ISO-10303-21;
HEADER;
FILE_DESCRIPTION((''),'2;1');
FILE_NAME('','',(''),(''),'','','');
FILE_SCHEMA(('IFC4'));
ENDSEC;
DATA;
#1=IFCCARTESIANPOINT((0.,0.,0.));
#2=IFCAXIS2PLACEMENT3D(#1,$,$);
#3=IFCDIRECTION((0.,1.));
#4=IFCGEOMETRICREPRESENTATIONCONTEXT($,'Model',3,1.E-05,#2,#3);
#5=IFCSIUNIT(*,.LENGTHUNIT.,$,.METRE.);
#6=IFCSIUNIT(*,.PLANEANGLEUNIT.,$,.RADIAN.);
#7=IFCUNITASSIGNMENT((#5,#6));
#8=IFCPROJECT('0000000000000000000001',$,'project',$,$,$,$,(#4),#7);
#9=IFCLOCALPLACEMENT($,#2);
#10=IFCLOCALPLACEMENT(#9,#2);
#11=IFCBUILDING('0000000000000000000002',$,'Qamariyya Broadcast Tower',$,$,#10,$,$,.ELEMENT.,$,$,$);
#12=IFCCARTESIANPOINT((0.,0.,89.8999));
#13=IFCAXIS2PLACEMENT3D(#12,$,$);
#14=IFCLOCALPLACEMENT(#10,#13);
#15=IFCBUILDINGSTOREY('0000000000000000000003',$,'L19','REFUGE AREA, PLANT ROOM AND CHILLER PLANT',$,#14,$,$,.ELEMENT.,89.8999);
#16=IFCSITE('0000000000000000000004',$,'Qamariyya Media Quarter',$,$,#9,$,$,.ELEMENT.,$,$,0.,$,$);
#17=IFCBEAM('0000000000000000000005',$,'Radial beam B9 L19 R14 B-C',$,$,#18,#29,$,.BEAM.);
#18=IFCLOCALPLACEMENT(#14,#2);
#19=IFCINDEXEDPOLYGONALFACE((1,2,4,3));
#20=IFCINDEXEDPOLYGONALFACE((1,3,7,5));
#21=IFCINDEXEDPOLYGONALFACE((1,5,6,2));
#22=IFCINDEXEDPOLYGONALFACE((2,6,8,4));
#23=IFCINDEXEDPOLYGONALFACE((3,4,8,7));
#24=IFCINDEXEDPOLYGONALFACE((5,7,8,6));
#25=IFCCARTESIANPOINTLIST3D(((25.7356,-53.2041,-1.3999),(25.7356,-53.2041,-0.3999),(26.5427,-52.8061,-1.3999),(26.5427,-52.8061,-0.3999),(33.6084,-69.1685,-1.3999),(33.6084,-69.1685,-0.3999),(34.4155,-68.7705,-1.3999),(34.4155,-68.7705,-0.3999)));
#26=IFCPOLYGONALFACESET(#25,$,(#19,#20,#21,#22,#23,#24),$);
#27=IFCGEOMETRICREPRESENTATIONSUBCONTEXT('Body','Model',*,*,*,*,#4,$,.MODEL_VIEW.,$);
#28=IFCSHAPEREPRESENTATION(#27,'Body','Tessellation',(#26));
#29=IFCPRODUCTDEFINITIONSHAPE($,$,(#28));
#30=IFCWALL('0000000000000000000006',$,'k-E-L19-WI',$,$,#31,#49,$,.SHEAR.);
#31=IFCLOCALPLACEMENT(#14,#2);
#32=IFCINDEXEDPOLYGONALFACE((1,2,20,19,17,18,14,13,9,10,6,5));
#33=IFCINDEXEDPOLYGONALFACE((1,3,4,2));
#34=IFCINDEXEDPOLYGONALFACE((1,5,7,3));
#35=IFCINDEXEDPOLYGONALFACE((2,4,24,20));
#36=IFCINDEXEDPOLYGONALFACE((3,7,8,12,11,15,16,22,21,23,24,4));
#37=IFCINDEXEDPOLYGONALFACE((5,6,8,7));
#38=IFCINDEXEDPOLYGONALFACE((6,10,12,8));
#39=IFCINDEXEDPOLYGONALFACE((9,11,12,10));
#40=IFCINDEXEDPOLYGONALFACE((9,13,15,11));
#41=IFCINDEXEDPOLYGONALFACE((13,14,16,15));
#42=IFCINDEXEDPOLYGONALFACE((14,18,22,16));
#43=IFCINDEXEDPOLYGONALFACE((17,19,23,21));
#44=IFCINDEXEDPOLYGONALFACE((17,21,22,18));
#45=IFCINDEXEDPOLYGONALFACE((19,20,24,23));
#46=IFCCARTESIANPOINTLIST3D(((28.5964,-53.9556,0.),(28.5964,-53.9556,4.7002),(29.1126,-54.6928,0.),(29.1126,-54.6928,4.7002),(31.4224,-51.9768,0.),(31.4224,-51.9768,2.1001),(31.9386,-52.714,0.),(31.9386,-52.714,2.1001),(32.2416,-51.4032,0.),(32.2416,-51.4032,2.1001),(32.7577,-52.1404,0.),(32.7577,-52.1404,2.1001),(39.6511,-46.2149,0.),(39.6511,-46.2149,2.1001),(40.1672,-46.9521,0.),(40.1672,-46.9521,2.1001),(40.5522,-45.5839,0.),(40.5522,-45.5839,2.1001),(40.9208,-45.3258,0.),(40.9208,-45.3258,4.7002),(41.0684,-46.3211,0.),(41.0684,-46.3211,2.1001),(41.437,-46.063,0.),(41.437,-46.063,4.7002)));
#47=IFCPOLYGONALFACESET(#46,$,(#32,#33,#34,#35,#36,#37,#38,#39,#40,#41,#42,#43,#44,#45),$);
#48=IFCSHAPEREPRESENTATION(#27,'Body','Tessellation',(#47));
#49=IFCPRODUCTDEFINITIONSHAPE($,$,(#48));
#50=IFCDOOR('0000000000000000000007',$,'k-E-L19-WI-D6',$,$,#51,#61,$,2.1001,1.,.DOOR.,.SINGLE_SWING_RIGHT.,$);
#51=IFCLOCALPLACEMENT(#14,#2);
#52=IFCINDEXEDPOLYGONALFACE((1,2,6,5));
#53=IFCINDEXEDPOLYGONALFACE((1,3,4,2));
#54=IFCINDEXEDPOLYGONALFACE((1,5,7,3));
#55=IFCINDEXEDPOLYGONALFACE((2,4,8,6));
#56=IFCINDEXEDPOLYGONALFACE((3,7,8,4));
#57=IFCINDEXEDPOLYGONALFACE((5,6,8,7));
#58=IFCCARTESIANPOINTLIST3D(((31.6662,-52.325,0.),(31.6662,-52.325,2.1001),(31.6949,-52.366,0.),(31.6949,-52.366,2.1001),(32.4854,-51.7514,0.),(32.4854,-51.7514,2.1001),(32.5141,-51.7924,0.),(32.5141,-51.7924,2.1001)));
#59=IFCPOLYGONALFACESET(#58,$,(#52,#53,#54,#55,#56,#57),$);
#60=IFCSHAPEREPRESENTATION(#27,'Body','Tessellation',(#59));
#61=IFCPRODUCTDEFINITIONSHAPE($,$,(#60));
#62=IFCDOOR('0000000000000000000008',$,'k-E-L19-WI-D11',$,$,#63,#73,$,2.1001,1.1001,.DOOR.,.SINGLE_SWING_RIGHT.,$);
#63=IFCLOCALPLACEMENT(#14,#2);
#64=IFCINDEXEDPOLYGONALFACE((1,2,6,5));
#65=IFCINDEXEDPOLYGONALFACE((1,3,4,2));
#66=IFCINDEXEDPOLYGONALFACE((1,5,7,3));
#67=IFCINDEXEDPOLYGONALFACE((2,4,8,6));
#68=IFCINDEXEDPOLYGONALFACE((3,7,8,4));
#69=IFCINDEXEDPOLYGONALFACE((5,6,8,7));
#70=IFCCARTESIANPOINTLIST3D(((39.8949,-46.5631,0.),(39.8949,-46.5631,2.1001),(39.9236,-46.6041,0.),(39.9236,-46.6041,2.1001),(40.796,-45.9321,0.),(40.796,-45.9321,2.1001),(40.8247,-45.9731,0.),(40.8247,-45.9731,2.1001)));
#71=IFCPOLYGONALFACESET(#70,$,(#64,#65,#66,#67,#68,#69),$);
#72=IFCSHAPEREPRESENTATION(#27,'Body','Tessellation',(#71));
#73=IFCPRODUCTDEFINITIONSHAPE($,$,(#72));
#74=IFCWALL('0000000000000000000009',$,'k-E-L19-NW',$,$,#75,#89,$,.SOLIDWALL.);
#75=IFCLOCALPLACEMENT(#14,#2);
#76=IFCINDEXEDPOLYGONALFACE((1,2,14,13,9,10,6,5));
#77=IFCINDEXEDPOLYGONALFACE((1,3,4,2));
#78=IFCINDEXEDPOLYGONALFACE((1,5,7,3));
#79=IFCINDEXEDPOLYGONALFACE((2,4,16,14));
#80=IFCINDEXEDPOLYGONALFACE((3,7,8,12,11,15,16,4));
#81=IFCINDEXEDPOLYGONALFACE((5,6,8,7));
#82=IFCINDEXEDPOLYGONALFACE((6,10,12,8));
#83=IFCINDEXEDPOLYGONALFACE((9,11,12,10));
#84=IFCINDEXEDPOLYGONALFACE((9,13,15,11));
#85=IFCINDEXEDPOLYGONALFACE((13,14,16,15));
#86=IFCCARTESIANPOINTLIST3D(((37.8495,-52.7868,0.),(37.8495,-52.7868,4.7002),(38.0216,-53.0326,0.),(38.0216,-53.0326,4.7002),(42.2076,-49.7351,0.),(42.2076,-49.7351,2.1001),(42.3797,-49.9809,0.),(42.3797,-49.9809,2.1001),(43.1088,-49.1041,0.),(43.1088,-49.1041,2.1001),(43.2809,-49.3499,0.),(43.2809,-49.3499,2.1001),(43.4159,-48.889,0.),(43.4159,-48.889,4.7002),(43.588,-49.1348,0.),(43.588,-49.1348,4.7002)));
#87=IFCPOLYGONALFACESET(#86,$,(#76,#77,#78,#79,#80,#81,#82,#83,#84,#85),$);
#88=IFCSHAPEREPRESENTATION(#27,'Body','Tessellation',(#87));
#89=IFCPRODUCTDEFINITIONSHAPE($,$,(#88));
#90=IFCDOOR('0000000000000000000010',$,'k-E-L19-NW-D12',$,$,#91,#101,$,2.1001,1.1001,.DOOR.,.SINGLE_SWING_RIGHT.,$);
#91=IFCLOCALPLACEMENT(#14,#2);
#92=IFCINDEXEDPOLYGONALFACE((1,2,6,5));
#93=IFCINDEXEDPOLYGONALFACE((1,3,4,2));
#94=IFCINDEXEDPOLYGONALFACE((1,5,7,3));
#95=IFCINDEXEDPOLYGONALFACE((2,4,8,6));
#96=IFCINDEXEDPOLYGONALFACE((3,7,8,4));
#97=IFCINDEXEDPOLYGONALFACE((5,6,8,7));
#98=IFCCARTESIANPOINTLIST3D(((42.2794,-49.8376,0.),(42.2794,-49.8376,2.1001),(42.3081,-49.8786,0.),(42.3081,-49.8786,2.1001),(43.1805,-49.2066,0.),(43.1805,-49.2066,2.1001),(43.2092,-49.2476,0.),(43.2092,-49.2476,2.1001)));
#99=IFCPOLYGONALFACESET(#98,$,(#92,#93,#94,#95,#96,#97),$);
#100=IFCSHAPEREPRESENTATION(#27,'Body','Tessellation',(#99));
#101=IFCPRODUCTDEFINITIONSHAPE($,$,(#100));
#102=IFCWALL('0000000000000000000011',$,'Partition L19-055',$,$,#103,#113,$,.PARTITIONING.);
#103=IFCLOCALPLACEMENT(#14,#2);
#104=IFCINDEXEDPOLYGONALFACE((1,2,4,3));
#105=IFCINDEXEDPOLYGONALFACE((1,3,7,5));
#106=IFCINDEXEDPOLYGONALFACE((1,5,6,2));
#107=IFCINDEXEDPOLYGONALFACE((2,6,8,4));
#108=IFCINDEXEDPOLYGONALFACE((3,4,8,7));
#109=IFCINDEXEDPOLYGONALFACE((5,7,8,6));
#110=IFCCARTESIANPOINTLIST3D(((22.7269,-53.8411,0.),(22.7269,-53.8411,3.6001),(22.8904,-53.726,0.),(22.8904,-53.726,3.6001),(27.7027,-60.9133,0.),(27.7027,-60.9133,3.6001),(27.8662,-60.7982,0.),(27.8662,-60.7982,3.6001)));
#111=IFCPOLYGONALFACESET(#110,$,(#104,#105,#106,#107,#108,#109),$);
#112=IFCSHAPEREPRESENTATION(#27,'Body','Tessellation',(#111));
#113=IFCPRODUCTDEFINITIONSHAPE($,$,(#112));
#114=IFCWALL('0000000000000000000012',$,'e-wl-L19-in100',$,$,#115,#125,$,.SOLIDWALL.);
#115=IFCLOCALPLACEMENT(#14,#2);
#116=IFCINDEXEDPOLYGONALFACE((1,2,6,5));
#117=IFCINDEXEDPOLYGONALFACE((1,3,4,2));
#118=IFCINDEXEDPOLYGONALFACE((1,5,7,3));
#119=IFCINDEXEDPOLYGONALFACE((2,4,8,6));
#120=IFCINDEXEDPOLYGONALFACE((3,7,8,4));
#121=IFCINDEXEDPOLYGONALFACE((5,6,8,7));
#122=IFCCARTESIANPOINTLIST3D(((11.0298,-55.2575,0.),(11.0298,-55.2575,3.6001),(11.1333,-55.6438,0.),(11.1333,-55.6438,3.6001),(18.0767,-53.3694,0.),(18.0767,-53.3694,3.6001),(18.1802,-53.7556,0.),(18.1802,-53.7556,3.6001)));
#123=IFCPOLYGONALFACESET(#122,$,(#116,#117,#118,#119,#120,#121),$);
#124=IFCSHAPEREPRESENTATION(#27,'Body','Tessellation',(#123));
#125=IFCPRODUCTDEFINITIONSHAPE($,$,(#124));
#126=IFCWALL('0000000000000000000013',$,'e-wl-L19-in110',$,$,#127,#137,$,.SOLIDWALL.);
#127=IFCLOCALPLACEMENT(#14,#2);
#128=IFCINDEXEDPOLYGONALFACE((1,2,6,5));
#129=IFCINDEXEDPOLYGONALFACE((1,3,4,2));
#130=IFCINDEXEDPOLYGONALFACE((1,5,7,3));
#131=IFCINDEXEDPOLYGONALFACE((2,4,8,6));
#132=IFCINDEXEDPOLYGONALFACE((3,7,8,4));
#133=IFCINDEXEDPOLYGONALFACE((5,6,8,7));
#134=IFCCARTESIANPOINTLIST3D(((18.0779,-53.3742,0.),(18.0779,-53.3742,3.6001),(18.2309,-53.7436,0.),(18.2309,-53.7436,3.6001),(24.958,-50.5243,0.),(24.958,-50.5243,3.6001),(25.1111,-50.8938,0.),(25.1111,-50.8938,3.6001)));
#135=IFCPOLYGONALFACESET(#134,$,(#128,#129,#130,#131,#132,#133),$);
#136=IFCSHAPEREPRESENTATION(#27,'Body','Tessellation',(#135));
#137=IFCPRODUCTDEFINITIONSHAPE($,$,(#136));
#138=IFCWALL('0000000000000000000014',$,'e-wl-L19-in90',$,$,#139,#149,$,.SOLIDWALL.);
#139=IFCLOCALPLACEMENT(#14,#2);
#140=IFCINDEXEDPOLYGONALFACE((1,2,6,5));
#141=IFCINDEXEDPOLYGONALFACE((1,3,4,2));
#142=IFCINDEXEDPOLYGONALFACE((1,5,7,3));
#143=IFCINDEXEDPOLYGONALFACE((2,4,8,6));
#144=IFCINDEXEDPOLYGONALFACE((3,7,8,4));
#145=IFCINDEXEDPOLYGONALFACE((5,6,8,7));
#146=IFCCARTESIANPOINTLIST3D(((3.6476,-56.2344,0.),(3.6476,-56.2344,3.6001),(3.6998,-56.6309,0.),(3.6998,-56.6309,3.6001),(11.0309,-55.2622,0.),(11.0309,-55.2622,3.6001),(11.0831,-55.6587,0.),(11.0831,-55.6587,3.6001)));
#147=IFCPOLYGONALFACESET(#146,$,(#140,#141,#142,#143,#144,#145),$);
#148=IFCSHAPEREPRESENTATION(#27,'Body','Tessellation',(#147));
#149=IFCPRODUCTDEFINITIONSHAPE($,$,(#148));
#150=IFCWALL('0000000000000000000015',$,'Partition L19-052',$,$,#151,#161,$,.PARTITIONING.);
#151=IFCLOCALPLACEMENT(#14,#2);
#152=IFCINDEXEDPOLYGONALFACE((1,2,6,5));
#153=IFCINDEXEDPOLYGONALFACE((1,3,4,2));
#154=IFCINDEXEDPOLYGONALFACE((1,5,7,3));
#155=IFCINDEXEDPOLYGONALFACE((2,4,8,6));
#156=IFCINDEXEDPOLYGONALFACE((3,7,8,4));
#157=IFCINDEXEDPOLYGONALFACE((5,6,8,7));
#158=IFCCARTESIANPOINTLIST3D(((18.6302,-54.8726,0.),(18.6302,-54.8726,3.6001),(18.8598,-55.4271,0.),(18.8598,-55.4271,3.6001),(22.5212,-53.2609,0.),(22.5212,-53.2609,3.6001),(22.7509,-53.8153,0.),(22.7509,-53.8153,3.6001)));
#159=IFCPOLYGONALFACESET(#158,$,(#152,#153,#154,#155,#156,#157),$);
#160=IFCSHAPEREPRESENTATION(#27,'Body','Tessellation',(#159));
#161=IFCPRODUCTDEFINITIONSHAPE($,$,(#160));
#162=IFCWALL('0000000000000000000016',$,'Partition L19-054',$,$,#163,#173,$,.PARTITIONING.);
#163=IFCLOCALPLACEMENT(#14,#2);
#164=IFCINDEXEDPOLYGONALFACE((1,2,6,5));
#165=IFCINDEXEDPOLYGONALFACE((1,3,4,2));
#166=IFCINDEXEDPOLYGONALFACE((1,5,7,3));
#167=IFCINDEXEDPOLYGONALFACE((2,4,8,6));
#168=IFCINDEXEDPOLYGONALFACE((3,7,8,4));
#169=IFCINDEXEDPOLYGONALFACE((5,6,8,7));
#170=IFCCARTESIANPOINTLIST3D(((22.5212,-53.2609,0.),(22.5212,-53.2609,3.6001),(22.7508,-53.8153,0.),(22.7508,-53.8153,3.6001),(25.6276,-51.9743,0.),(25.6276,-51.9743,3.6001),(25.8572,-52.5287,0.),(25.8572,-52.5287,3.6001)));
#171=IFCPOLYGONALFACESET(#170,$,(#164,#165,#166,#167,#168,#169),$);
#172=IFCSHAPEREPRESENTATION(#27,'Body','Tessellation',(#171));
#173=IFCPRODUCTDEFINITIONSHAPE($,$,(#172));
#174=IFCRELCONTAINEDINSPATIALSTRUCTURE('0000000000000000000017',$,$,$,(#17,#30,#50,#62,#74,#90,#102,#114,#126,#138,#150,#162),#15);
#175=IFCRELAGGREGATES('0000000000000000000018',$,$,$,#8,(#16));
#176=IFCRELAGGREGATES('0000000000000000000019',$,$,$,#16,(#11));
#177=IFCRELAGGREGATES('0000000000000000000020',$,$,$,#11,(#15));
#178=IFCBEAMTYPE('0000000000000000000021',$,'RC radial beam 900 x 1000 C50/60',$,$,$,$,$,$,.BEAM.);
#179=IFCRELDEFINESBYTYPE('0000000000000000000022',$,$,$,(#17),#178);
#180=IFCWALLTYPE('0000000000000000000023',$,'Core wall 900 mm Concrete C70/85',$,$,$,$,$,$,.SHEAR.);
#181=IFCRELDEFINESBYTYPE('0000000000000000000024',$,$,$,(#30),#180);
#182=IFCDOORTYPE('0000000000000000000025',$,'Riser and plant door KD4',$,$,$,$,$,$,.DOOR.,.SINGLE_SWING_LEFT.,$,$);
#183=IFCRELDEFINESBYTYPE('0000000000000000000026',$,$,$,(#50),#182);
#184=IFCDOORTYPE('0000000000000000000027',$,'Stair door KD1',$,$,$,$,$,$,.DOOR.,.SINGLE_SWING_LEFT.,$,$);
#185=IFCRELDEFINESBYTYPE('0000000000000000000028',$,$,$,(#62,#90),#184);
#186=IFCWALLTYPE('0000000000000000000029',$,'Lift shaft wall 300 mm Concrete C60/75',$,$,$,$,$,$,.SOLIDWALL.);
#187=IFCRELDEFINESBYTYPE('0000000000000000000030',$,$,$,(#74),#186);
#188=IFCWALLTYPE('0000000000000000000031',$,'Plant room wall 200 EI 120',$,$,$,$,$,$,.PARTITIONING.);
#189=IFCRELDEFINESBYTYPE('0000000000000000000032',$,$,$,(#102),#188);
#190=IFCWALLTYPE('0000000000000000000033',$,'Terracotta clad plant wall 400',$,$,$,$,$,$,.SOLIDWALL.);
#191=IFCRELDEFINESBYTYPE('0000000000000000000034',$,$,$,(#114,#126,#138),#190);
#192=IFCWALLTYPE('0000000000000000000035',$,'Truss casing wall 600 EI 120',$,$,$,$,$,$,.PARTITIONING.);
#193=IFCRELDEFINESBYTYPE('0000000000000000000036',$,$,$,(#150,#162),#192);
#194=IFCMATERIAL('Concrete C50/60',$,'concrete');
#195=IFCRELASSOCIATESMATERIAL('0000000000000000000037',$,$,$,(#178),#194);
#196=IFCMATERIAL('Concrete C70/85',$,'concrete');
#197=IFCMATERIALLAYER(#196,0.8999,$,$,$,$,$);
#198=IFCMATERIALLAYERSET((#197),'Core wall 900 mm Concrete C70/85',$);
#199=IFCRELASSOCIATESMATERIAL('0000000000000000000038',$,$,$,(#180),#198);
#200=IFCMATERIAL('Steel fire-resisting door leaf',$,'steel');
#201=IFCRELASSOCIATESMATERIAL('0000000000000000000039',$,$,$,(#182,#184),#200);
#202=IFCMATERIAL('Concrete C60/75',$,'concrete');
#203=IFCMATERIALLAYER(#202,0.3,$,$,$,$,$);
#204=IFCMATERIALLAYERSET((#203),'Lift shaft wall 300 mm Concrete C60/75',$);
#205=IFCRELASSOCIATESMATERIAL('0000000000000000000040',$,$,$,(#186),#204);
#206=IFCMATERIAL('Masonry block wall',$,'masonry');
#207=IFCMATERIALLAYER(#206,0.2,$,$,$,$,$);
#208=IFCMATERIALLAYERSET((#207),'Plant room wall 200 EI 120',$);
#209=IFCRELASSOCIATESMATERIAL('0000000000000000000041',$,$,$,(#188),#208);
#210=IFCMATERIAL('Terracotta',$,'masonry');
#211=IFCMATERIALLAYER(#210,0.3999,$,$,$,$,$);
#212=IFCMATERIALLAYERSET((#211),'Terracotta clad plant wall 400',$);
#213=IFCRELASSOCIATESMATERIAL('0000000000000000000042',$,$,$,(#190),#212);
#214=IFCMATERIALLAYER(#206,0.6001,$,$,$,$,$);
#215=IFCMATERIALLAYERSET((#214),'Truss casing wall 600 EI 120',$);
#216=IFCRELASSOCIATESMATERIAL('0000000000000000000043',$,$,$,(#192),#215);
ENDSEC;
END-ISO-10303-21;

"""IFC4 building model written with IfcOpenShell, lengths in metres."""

from ifc_helpers import new_model, si_unit, direction, frame, frame_2d, origin, origin_2d, place, context, subcontext, project, spatial, rectangle, extrude, material, layer, layer_set, material_profile, profile_set, type_object, element, fill, save


model = new_model("IFC4")

# Units and contexts
model_context = context("Model", 3, precision=1e-05, world=origin(), true_north=direction((0.0, 1.0)))
body_context = subcontext(model_context, "Body", "Model", "MODEL_VIEW")
ifc_project = project(units=[si_unit("LENGTHUNIT", "METRE"), si_unit("PLANEANGLEUNIT", "RADIAN")], contexts=[model_context])

# Site, building, storey
site_placement = place(None, origin())
site = spatial("IfcSite", under=ifc_project, at=site_placement, Name="Qamariyya Media Quarter", CompositionType="ELEMENT", RefElevation=0.0)
building_placement = place(site_placement, origin())
building = spatial("IfcBuilding", under=site, at=building_placement, Name="Qamariyya Broadcast Tower", CompositionType="ELEMENT")
storey_placement = place(building_placement, frame((0.0, 0.0, 89.8999)))
storey = spatial("IfcBuildingStorey", under=building, at=storey_placement, Name="L19", Description="REFUGE AREA, PLANT ROOM AND CHILLER PLANT", CompositionType="ELEMENT", Elevation=89.8999)

# Shared definitions
ifc_material_1 = material(Name="Concrete C70/85", Category="concrete")

# Beam
ifc_material_2 = material(Name="Concrete C50/60", Category="concrete")
ifc_material_profile_1 = material_profile(ifc_material_2, rectangle(XDim=0.8999, YDim=1.0, at=origin_2d()))
ifc_profile_set_1 = profile_set([ifc_material_profile_1], Name="Concrete C50/60")
beam_type_1 = type_object("IfcBeamType", Name="RC radial beam 900 x 1000 C50/60", PredefinedType="BEAM", material=ifc_profile_set_1)
beam_1_placement = place(storey_placement, frame((26.1392, -53.0051, -0.8999), z_axis=(0.442291, -0.896872, 0.0), x_axis=(0.896872, 0.442291, 0.0)))
element("IfcBeam", 1, at=beam_1_placement, inside=storey, type_object=beam_type_1, Name="Radial beam B9 L19 R14 B-C", PredefinedType="BEAM", context=body_context, shape_type="SweptSolid", body=[
    extrude(rectangle(XDim=0.8999, YDim=1.0, at=origin_2d()), origin(), (0.0, 0.0, 1.0), 17.8),
])

# Wall, openings, doors
ifc_layer_1 = layer(ifc_material_1, 0.8999)
ifc_layer_set_1 = layer_set([ifc_layer_1], Name="Core wall 900 mm Concrete C70/85")
wall_type_1 = type_object("IfcWallType", Name="Core wall 900 mm Concrete C70/85", PredefinedType="SHEAR", material=ifc_layer_set_1)
wall_1_placement = place(storey_placement, frame((28.8545, -54.3242, 0.0), z_axis=(0.0, 0.0, 1.0), x_axis=(0.819146, 0.573585, 0.0)))
wall_1 = element("IfcWall", 2, at=wall_1_placement, inside=storey, type_object=wall_type_1, Name="k-E-L19-WI", PredefinedType="SHEAR", context=body_context, shape_type="SweptSolid", body=[
    extrude(rectangle(XDim=15.0454, YDim=0.8999, at=frame_2d((7.5227, 0.0))), origin(), (0.0, 0.0, 1.0), 4.7002),
])
opening_1_placement = place(wall_1_placement, frame((3.45, 0.0, 0.0)))
opening_1 = element("IfcOpeningElement", 3, at=opening_1_placement, cuts=wall_1, PredefinedType="OPENING", context=body_context, shape_type="SweptSolid", body=[
    extrude(rectangle(XDim=1.0, YDim=2.1001, at=frame_2d((0.5, 1.05))), frame((0.0, 0.46, 0.0), z_axis=(0.0, -1.0, 0.0), x_axis=(1.0, 0.0, 0.0)), (0.0, 0.0, 1.0), 0.9199),
])
opening_2_placement = place(wall_1_placement, frame((13.4954, 0.0, 0.0)))
opening_2 = element("IfcOpeningElement", 4, at=opening_2_placement, cuts=wall_1, PredefinedType="OPENING", context=body_context, shape_type="SweptSolid", body=[
    extrude(rectangle(XDim=1.1001, YDim=2.1001, at=frame_2d((0.55, 1.05))), frame((0.0, 0.46, 0.0), z_axis=(0.0, -1.0, 0.0), x_axis=(1.0, 0.0, 0.0)), (0.0, 0.0, 1.0), 0.9199),
])
ifc_material_3 = material(Name="Steel fire-resisting door leaf", Category="steel")
door_type_1 = type_object("IfcDoorType", Name="Riser and plant door KD4", OperationType="SINGLE_SWING_LEFT", PredefinedType="DOOR", material=ifc_material_3)
door_1_placement = place(opening_1_placement, origin())
door_1 = element("IfcDoor", 5, at=door_1_placement, inside=storey, type_object=door_type_1, Name="k-E-L19-WI-D6", OperationType="SINGLE_SWING_RIGHT", OverallHeight=2.1001, OverallWidth=1.0, PredefinedType="DOOR", context=body_context, shape_type="SweptSolid", body=[
    extrude(rectangle(XDim=1.0, YDim=2.1001, at=frame_2d((0.5, 1.05))), frame((0.0, 0.0249, 0.0), z_axis=(0.0, -1.0, 0.0), x_axis=(1.0, 0.0, 0.0)), (0.0, 0.0, 1.0), 0.05),
])
fill(opening_1, door_1)
door_type_2 = type_object("IfcDoorType", Name="Stair door KD1", OperationType="SINGLE_SWING_LEFT", PredefinedType="DOOR", material=ifc_material_3)
door_2_placement = place(opening_2_placement, origin())
door_2 = element("IfcDoor", 6, at=door_2_placement, inside=storey, type_object=door_type_2, Name="k-E-L19-WI-D11", OperationType="SINGLE_SWING_RIGHT", OverallHeight=2.1001, OverallWidth=1.1001, PredefinedType="DOOR", context=body_context, shape_type="SweptSolid", body=[
    extrude(rectangle(XDim=1.1001, YDim=2.1001, at=frame_2d((0.55, 1.05))), frame((0.0, 0.0249, 0.0), z_axis=(0.0, -1.0, 0.0), x_axis=(1.0, 0.0, 0.0)), (0.0, 0.0, 1.0), 0.05),
])
fill(opening_2, door_2)

# Wall, opening, door
ifc_material_4 = material(Name="Concrete C60/75", Category="concrete")
ifc_layer_2 = layer(ifc_material_4, 0.3)
ifc_layer_set_2 = layer_set([ifc_layer_2], Name="Lift shaft wall 300 mm Concrete C60/75")
wall_type_2 = type_object("IfcWallType", Name="Lift shaft wall 300 mm Concrete C60/75", PredefinedType="SOLIDWALL", material=ifc_layer_set_2)
wall_2_placement = place(storey_placement, frame((37.9355, -52.9097, 0.0), z_axis=(0.0, 0.0, 1.0), x_axis=(0.819148, 0.573583, 0.0)))
wall_2 = element("IfcWall", 7, at=wall_2_placement, inside=storey, type_object=wall_type_2, Name="k-E-L19-NW", PredefinedType="SOLIDWALL", context=body_context, shape_type="SweptSolid", body=[
    extrude(rectangle(XDim=6.7954, YDim=0.3, at=frame_2d((3.3977, 0.0))), origin(), (0.0, 0.0, 1.0), 4.7002),
])
opening_3_placement = place(wall_2_placement, frame((5.3203, 0.0, 0.0)))
opening_3 = element("IfcOpeningElement", 8, at=opening_3_placement, cuts=wall_2, PredefinedType="OPENING", context=body_context, shape_type="SweptSolid", body=[
    extrude(rectangle(XDim=1.1001, YDim=2.1001, at=frame_2d((0.55, 1.05))), frame((0.0, 0.1599, 0.0), z_axis=(0.0, -1.0, 0.0), x_axis=(1.0, 0.0, 0.0)), (0.0, 0.0, 1.0), 0.3201),
])
door_3_placement = place(opening_3_placement, origin())
door_3 = element("IfcDoor", 9, at=door_3_placement, inside=storey, type_object=door_type_2, Name="k-E-L19-NW-D12", OperationType="SINGLE_SWING_RIGHT", OverallHeight=2.1001, OverallWidth=1.1001, PredefinedType="DOOR", context=body_context, shape_type="SweptSolid", body=[
    extrude(rectangle(XDim=1.1001, YDim=2.1001, at=frame_2d((0.55, 1.05))), frame((0.0, 0.0249, 0.0), z_axis=(0.0, -1.0, 0.0), x_axis=(1.0, 0.0, 0.0)), (0.0, 0.0, 1.0), 0.05),
])
fill(opening_3, door_3)

# Walls
ifc_material_5 = material(Name="Masonry block wall", Category="masonry")
ifc_layer_3 = layer(ifc_material_5, 0.2)
ifc_layer_set_3 = layer_set([ifc_layer_3], Name="Plant room wall 200 EI 120")
wall_type_3 = type_object("IfcWallType", Name="Plant room wall 200 EI 120", PredefinedType="PARTITIONING", material=ifc_layer_set_3)
wall_3_placement = place(storey_placement, frame((22.8086, -53.7834, 0.0), z_axis=(0.0, 0.0, 1.0), x_axis=(0.57542, -0.817858, 0.0)))
element("IfcWall", 10, at=wall_3_placement, inside=storey, type_object=wall_type_3, Name="Partition L19-055", PredefinedType="PARTITIONING", context=body_context, shape_type="SweptSolid", body=[
    extrude(rectangle(XDim=8.6472, YDim=0.2, at=frame_2d((4.3237, 0.0))), origin(), (0.0, 0.0, 1.0), 3.6001),
])
ifc_material_6 = material(Name="Terracotta", Category="masonry")
ifc_layer_4 = layer(ifc_material_6, 0.3999)
ifc_layer_set_4 = layer_set([ifc_layer_4], Name="Terracotta clad plant wall 400")
wall_type_4 = type_object("IfcWallType", Name="Terracotta clad plant wall 400", PredefinedType="SOLIDWALL", material=ifc_layer_set_4)
wall_4_placement = place(storey_placement, frame((18.1284, -53.5625, 0.0), z_axis=(0.0, 0.0, 1.0), x_axis=(-0.965927, -0.258816, 0.0)))
element("IfcWall", 11, at=wall_4_placement, inside=storey, type_object=wall_type_4, Name="e-wl-L19-in100", PredefinedType="SOLIDWALL", context=body_context, shape_type="SweptSolid", body=[
    extrude(rectangle(XDim=7.2954, YDim=0.3999, at=frame_2d((3.6477, 0.0))), origin(), (0.0, 0.0, 1.0), 3.6001),
])
for number, where, z_axis, x_axis, name in (
    (12, (25.0347, -50.709, 0.0), (0.0, 0.0, 1.0), (-0.923879, -0.382685, 0.0), "e-wl-L19-in110"),
    (13, (11.0571, -55.4604, 0.0), (0.0, 0.0, 1.0), (-0.991442, -0.130544, 0.0), "e-wl-L19-in90"),
):
    element("IfcWall", number, at=place(storey_placement, frame(where, z_axis=z_axis, x_axis=x_axis)), inside=storey, type_object=wall_type_4, Name=name, PredefinedType="SOLIDWALL", context=body_context, shape_type="SweptSolid", body=[
        extrude(rectangle(XDim=7.447, YDim=0.3999, at=frame_2d((3.7236, 0.0))), origin(), (0.0, 0.0, 1.0), 3.6001),
    ])
ifc_layer_5 = layer(ifc_material_5, 0.6001)
ifc_layer_set_5 = layer_set([ifc_layer_5], Name="Truss casing wall 600 EI 120")
wall_type_5 = type_object("IfcWallType", Name="Truss casing wall 600 EI 120", PredefinedType="PARTITIONING", material=ifc_layer_set_5)
wall_5_placement = place(storey_placement, frame((18.7449, -55.1499, 0.0), z_axis=(0.0, 0.0, 1.0), x_axis=(0.923874, 0.382697, 0.0)))
element("IfcWall", 14, at=wall_5_placement, inside=storey, type_object=wall_type_5, Name="Partition L19-052", PredefinedType="PARTITIONING", context=body_context, shape_type="SweptSolid", body=[
    extrude(rectangle(XDim=4.2117, YDim=0.6001, at=frame_2d((2.106, 0.0))), origin(), (0.0, 0.0, 1.0), 3.6001),
])
wall_6_placement = place(storey_placement, frame((22.636, -53.5381, 0.0), z_axis=(0.0, 0.0, 1.0), x_axis=(0.923891, 0.382655, 0.0)))
element("IfcWall", 15, at=wall_6_placement, inside=storey, type_object=wall_type_5, Name="Partition L19-054", PredefinedType="PARTITIONING", context=body_context, shape_type="SweptSolid", body=[
    extrude(rectangle(XDim=3.3623, YDim=0.6001, at=frame_2d((1.6812, 0.0))), origin(), (0.0, 0.0, 1.0), 3.6001),
])

save(model, "model.ifc")
